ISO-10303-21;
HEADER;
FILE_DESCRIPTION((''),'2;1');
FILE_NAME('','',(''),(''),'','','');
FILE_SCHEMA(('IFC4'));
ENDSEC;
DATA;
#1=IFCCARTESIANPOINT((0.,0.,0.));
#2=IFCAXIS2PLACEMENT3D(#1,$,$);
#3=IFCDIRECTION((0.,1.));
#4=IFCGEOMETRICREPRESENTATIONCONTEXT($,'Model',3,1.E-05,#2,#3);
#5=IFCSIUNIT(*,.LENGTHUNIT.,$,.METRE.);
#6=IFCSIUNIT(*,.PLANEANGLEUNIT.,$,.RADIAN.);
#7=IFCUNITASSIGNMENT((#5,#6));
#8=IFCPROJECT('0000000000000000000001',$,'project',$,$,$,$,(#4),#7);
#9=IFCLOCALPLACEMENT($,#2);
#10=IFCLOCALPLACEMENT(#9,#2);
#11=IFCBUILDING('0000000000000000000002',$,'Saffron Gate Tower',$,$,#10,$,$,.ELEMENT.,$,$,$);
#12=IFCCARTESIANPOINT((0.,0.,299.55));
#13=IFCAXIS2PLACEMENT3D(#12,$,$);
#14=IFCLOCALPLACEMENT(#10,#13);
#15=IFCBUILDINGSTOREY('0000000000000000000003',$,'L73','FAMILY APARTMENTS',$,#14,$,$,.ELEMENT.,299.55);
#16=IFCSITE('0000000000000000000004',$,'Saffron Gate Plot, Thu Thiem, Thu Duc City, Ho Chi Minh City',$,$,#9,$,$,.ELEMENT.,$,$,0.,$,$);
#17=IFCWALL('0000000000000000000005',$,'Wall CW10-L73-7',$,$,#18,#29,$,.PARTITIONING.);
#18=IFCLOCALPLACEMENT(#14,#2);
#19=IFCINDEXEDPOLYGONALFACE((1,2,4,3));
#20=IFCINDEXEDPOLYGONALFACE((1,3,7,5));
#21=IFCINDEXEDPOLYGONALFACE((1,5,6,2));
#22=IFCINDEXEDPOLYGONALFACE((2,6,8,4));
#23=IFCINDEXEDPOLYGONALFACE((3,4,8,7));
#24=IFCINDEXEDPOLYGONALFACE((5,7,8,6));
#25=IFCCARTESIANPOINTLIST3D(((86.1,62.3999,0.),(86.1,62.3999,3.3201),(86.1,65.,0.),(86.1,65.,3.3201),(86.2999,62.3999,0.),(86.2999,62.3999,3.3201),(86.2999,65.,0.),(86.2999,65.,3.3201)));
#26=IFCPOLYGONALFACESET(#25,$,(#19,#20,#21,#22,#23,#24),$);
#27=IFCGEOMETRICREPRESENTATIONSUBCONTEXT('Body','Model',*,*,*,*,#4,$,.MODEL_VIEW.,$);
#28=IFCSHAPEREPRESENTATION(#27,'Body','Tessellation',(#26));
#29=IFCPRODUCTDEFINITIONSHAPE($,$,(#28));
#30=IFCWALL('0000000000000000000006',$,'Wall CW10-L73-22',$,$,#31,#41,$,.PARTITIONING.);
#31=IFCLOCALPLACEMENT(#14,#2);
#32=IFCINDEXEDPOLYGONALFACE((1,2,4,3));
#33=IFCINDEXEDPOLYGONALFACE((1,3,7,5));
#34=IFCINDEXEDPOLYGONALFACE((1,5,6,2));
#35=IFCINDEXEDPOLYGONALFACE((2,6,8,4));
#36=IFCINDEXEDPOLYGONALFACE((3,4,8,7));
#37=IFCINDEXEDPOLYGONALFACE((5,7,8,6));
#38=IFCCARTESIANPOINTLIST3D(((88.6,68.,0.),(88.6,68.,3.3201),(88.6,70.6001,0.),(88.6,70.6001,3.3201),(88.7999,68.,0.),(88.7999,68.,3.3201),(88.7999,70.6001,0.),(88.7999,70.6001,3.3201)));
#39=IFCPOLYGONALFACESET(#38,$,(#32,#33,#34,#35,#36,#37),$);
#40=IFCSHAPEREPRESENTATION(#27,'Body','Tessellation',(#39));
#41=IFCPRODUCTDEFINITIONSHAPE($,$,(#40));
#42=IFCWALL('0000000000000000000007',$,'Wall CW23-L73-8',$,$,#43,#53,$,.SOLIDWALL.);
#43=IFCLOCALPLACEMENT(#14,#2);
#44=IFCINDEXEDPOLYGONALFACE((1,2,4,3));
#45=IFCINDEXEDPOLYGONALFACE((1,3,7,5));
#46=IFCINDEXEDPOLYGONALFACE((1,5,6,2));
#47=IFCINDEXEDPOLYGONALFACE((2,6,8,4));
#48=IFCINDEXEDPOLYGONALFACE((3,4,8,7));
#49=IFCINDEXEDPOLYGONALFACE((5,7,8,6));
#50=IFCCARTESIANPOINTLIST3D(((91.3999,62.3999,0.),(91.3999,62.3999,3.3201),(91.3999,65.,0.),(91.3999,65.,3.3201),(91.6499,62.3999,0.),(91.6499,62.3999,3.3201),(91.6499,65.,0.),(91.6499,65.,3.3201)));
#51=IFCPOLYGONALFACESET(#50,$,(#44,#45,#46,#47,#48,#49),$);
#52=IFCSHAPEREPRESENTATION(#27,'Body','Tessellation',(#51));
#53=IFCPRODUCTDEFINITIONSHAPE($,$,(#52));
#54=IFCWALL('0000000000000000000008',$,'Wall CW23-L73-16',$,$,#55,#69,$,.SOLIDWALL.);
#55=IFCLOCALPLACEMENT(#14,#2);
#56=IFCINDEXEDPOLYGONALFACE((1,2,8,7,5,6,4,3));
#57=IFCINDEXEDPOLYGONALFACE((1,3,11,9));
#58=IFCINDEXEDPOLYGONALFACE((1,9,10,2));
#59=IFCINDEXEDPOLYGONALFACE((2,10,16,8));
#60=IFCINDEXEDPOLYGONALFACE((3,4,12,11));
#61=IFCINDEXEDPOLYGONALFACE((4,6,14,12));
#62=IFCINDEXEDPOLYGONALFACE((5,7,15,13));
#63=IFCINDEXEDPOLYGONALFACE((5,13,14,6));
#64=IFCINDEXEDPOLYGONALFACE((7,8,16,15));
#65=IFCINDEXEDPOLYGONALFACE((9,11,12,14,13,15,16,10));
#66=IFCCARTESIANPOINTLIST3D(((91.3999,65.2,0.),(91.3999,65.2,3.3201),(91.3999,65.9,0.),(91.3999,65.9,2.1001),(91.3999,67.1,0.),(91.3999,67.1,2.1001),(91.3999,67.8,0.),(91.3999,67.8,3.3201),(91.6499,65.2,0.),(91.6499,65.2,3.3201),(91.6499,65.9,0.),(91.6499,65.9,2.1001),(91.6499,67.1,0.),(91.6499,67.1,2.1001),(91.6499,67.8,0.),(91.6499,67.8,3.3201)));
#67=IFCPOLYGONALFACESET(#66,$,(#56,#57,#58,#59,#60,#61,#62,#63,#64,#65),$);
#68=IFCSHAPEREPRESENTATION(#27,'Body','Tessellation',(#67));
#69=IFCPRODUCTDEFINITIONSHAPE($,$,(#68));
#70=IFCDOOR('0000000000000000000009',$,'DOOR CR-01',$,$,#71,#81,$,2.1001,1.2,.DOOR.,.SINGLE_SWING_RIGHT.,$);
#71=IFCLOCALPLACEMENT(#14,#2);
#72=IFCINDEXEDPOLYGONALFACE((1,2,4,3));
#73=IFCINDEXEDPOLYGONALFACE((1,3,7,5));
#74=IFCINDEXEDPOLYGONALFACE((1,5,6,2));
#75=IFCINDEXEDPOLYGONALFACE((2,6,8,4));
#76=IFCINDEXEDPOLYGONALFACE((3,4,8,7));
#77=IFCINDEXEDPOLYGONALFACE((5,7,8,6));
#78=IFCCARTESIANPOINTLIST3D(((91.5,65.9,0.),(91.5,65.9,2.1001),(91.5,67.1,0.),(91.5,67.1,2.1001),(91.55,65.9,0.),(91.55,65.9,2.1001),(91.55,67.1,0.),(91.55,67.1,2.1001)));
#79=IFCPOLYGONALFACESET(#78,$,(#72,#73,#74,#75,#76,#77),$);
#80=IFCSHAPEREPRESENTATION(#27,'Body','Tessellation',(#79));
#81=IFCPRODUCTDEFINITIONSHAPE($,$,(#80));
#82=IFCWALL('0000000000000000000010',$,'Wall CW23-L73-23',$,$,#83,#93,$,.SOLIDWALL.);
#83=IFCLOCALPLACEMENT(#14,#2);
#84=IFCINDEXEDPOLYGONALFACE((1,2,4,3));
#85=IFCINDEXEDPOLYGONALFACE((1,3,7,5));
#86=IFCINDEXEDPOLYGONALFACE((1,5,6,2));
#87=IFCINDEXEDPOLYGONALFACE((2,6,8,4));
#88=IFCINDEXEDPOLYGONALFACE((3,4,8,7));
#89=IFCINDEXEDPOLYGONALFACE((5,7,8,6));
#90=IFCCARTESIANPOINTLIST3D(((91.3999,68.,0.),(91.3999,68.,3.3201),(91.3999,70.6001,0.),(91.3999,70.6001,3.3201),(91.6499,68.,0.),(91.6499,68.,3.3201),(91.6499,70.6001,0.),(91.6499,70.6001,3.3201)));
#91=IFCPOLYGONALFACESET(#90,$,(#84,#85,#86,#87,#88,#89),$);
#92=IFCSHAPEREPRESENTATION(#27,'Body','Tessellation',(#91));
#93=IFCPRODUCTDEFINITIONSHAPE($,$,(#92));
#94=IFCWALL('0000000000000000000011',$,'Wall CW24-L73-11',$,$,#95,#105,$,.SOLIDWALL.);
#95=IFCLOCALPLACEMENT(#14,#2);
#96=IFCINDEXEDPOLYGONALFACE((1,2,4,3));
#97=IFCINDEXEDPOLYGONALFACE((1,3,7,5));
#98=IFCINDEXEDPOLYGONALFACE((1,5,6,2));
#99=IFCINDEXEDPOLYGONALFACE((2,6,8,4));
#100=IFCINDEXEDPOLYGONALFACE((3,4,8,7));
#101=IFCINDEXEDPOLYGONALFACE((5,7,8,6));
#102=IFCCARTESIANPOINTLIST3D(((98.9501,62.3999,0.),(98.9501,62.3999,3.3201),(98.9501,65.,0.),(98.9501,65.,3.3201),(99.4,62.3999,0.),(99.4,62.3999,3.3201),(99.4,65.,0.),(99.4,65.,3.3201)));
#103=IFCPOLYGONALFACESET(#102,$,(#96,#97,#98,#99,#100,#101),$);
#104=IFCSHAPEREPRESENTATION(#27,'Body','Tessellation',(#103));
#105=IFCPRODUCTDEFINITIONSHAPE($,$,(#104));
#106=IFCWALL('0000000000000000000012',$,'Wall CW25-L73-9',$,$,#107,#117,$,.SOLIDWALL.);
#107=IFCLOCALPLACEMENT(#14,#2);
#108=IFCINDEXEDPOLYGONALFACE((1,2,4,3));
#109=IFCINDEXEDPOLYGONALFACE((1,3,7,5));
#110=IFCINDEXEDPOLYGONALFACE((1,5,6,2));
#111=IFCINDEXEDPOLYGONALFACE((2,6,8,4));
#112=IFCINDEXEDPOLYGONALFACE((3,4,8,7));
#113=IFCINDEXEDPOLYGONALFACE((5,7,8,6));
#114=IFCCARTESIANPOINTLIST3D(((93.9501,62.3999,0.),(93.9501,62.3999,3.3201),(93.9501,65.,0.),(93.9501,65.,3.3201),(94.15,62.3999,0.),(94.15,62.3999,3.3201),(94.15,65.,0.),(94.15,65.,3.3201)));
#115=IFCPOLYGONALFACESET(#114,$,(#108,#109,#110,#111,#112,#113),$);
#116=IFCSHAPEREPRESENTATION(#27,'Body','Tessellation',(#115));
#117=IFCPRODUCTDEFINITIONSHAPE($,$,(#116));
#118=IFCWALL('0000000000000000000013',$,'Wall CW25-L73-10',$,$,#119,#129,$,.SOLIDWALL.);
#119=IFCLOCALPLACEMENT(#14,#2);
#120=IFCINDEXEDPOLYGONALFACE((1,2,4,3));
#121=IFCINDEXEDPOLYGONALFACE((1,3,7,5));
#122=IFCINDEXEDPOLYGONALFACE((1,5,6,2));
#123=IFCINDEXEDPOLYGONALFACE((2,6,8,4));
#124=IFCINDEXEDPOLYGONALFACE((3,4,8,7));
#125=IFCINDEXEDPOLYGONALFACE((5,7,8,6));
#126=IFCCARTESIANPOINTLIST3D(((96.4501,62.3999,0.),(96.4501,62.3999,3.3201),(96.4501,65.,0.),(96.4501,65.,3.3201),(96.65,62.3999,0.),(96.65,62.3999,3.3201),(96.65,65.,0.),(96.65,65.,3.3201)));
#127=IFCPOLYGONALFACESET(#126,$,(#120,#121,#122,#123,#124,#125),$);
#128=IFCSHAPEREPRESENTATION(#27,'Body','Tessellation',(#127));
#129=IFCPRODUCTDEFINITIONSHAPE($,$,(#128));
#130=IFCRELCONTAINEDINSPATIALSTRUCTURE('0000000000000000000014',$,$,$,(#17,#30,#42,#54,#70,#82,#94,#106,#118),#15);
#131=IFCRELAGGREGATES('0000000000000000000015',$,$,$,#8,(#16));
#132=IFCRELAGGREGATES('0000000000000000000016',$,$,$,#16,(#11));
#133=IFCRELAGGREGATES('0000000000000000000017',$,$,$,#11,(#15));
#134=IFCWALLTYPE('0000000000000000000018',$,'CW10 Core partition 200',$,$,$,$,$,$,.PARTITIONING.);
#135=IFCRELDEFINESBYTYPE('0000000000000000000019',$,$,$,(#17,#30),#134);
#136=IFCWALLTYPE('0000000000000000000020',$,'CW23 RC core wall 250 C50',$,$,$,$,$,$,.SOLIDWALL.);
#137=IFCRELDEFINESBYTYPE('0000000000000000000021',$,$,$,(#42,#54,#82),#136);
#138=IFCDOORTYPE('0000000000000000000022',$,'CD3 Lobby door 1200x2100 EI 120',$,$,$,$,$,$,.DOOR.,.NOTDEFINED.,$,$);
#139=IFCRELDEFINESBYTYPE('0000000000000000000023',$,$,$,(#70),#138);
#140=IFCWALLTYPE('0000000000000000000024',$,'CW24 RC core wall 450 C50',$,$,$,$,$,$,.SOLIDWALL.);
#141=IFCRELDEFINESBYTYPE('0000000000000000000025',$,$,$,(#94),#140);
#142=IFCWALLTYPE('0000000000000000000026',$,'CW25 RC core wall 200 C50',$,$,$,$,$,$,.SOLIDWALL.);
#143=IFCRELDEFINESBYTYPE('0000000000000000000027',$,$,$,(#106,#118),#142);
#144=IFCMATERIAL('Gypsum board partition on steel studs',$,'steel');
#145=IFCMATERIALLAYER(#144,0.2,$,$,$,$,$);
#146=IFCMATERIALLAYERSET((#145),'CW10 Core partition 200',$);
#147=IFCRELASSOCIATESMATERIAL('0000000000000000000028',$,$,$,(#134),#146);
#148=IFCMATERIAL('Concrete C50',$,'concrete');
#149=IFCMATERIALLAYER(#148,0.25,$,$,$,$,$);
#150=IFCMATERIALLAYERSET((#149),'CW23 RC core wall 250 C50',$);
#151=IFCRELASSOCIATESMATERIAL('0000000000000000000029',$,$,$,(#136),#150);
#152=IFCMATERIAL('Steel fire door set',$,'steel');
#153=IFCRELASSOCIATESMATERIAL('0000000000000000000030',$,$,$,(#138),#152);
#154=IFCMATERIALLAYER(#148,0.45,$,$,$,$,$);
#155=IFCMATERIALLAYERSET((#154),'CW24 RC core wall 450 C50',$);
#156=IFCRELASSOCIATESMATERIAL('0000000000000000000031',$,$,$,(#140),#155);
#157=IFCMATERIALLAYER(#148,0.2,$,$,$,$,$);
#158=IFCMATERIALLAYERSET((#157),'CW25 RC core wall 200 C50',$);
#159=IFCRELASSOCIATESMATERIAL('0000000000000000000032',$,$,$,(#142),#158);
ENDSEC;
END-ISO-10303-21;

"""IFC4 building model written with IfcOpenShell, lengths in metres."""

from ifc_helpers import new_model, si_unit, direction, frame, frame_2d, origin, place, context, subcontext, project, spatial, rectangle, extrude, material, layer, layer_set, type_object, element, fill, save


model = new_model("IFC4")

# Units and contexts
model_context = context("Model", 3, precision=1e-05, world=origin(), true_north=direction((0.0, 1.0)))
body_context = subcontext(model_context, "Body", "Model", "MODEL_VIEW")
ifc_project = project(units=[si_unit("LENGTHUNIT", "METRE"), si_unit("PLANEANGLEUNIT", "RADIAN")], contexts=[model_context])

# Site, building, storey
site_placement = place(None, origin())
site = spatial("IfcSite", under=ifc_project, at=site_placement, Name="Saffron Gate Plot, Thu Thiem, Thu Duc City, Ho Chi Minh City", CompositionType="ELEMENT", RefElevation=0.0)
building_placement = place(site_placement, origin())
building = spatial("IfcBuilding", under=site, at=building_placement, Name="Saffron Gate Tower", CompositionType="ELEMENT")
storey_placement = place(building_placement, frame((0.0, 0.0, 299.55)))
storey = spatial("IfcBuildingStorey", under=building, at=storey_placement, Name="L73", Description="FAMILY APARTMENTS", CompositionType="ELEMENT", Elevation=299.55)

# Walls
ifc_material_1 = material(Name="Gypsum board partition on steel studs", Category="steel")
ifc_layer_1 = layer(ifc_material_1, 0.2)
ifc_layer_set_1 = layer_set([ifc_layer_1], Name="CW10 Core partition 200")
wall_type_1 = type_object("IfcWallType", Name="CW10 Core partition 200", PredefinedType="PARTITIONING", material=ifc_layer_set_1)
for number, where, z_axis, x_axis, name in (
    (1, (86.2, 62.3999, 0.0), (0.0, 0.0, 1.0), (0.0, 1.0, 0.0), "Wall CW10-L73-7"),
    (2, (88.7, 68.0, 0.0), (0.0, 0.0, 1.0), (0.0, 1.0, 0.0), "Wall CW10-L73-22"),
):
    element("IfcWall", number, at=place(storey_placement, frame(where, z_axis=z_axis, x_axis=x_axis)), inside=storey, type_object=wall_type_1, Name=name, PredefinedType="PARTITIONING", context=body_context, shape_type="SweptSolid", body=[
        extrude(rectangle(XDim=2.6001, YDim=0.2, at=frame_2d((1.3, 0.0))), origin(), (0.0, 0.0, 1.0), 3.3201),
    ])
ifc_material_2 = material(Name="Concrete C50", Category="concrete")
ifc_layer_2 = layer(ifc_material_2, 0.25)
ifc_layer_set_2 = layer_set([ifc_layer_2], Name="CW23 RC core wall 250 C50")
wall_type_2 = type_object("IfcWallType", Name="CW23 RC core wall 250 C50", PredefinedType="SOLIDWALL", material=ifc_layer_set_2)
wall_1_placement = place(storey_placement, frame((91.5249, 62.3999, 0.0), z_axis=(0.0, 0.0, 1.0), x_axis=(0.0, 1.0, 0.0)))
element("IfcWall", 3, at=wall_1_placement, inside=storey, type_object=wall_type_2, Name="Wall CW23-L73-8", PredefinedType="SOLIDWALL", context=body_context, shape_type="SweptSolid", body=[
    extrude(rectangle(XDim=2.6001, YDim=0.25, at=frame_2d((1.3, 0.0))), origin(), (0.0, 0.0, 1.0), 3.3201),
])

# Wall, opening, door
wall_2_placement = place(storey_placement, frame((91.5249, 65.2, 0.0), z_axis=(0.0, 0.0, 1.0), x_axis=(0.0, 1.0, 0.0)))
wall_2 = element("IfcWall", 4, at=wall_2_placement, inside=storey, type_object=wall_type_2, Name="Wall CW23-L73-16", PredefinedType="SOLIDWALL", context=body_context, shape_type="SweptSolid", body=[
    extrude(rectangle(XDim=2.6001, YDim=0.25, at=frame_2d((1.3, 0.0))), origin(), (0.0, 0.0, 1.0), 3.3201),
])
opening_1_placement = place(wall_2_placement, frame((0.7, 0.0, 0.0)))
opening_1 = element("IfcOpeningElement", 5, at=opening_1_placement, cuts=wall_2, PredefinedType="OPENING", context=body_context, shape_type="SweptSolid", body=[
    extrude(rectangle(XDim=1.2, YDim=2.1001, at=frame_2d((0.6001, 1.05))), frame((0.0, 0.135, 0.0), z_axis=(0.0, -1.0, 0.0), x_axis=(1.0, 0.0, 0.0)), (0.0, 0.0, 1.0), 0.27),
])
ifc_material_3 = material(Name="Steel fire door set", Category="steel")
door_type_1 = type_object("IfcDoorType", Name="CD3 Lobby door 1200x2100 EI 120", OperationType="NOTDEFINED", PredefinedType="DOOR", material=ifc_material_3)
door_1_placement = place(opening_1_placement, origin())
door_1 = element("IfcDoor", 6, at=door_1_placement, inside=storey, type_object=door_type_1, Name="DOOR CR-01", OperationType="SINGLE_SWING_RIGHT", OverallHeight=2.1001, OverallWidth=1.2, PredefinedType="DOOR", context=body_context, shape_type="SweptSolid", body=[
    extrude(rectangle(XDim=1.2, YDim=2.1001, at=frame_2d((0.6001, 1.05))), frame((0.0, 0.0249, 0.0), z_axis=(0.0, -1.0, 0.0), x_axis=(1.0, 0.0, 0.0)), (0.0, 0.0, 1.0), 0.05),
])
fill(opening_1, door_1)

# Walls
wall_3_placement = place(storey_placement, frame((91.5249, 68.0, 0.0), z_axis=(0.0, 0.0, 1.0), x_axis=(0.0, 1.0, 0.0)))
element("IfcWall", 7, at=wall_3_placement, inside=storey, type_object=wall_type_2, Name="Wall CW23-L73-23", PredefinedType="SOLIDWALL", context=body_context, shape_type="SweptSolid", body=[
    extrude(rectangle(XDim=2.6001, YDim=0.25, at=frame_2d((1.3, 0.0))), origin(), (0.0, 0.0, 1.0), 3.3201),
])
ifc_layer_3 = layer(ifc_material_2, 0.45)
ifc_layer_set_3 = layer_set([ifc_layer_3], Name="CW24 RC core wall 450 C50")
wall_type_3 = type_object("IfcWallType", Name="CW24 RC core wall 450 C50", PredefinedType="SOLIDWALL", material=ifc_layer_set_3)
wall_4_placement = place(storey_placement, frame((99.175, 62.3999, 0.0), z_axis=(0.0, 0.0, 1.0), x_axis=(0.0, 1.0, 0.0)))
element("IfcWall", 8, at=wall_4_placement, inside=storey, type_object=wall_type_3, Name="Wall CW24-L73-11", PredefinedType="SOLIDWALL", context=body_context, shape_type="SweptSolid", body=[
    extrude(rectangle(XDim=2.6001, YDim=0.45, at=frame_2d((1.3, 0.0))), origin(), (0.0, 0.0, 1.0), 3.3201),
])
ifc_layer_4 = layer(ifc_material_2, 0.2)
ifc_layer_set_4 = layer_set([ifc_layer_4], Name="CW25 RC core wall 200 C50")
wall_type_4 = type_object("IfcWallType", Name="CW25 RC core wall 200 C50", PredefinedType="SOLIDWALL", material=ifc_layer_set_4)
for number, where, z_axis, x_axis, name in (
    (9, (94.05, 62.3999, 0.0), (0.0, 0.0, 1.0), (0.0, 1.0, 0.0), "Wall CW25-L73-9"),
    (10, (96.55, 62.3999, 0.0), (0.0, 0.0, 1.0), (0.0, 1.0, 0.0), "Wall CW25-L73-10"),
):
    element("IfcWall", number, at=place(storey_placement, frame(where, z_axis=z_axis, x_axis=x_axis)), inside=storey, type_object=wall_type_4, Name=name, PredefinedType="SOLIDWALL", context=body_context, shape_type="SweptSolid", body=[
        extrude(rectangle(XDim=2.6001, YDim=0.2, at=frame_2d((1.3, 0.0))), origin(), (0.0, 0.0, 1.0), 3.3201),
    ])

save(model, "model.ifc")
